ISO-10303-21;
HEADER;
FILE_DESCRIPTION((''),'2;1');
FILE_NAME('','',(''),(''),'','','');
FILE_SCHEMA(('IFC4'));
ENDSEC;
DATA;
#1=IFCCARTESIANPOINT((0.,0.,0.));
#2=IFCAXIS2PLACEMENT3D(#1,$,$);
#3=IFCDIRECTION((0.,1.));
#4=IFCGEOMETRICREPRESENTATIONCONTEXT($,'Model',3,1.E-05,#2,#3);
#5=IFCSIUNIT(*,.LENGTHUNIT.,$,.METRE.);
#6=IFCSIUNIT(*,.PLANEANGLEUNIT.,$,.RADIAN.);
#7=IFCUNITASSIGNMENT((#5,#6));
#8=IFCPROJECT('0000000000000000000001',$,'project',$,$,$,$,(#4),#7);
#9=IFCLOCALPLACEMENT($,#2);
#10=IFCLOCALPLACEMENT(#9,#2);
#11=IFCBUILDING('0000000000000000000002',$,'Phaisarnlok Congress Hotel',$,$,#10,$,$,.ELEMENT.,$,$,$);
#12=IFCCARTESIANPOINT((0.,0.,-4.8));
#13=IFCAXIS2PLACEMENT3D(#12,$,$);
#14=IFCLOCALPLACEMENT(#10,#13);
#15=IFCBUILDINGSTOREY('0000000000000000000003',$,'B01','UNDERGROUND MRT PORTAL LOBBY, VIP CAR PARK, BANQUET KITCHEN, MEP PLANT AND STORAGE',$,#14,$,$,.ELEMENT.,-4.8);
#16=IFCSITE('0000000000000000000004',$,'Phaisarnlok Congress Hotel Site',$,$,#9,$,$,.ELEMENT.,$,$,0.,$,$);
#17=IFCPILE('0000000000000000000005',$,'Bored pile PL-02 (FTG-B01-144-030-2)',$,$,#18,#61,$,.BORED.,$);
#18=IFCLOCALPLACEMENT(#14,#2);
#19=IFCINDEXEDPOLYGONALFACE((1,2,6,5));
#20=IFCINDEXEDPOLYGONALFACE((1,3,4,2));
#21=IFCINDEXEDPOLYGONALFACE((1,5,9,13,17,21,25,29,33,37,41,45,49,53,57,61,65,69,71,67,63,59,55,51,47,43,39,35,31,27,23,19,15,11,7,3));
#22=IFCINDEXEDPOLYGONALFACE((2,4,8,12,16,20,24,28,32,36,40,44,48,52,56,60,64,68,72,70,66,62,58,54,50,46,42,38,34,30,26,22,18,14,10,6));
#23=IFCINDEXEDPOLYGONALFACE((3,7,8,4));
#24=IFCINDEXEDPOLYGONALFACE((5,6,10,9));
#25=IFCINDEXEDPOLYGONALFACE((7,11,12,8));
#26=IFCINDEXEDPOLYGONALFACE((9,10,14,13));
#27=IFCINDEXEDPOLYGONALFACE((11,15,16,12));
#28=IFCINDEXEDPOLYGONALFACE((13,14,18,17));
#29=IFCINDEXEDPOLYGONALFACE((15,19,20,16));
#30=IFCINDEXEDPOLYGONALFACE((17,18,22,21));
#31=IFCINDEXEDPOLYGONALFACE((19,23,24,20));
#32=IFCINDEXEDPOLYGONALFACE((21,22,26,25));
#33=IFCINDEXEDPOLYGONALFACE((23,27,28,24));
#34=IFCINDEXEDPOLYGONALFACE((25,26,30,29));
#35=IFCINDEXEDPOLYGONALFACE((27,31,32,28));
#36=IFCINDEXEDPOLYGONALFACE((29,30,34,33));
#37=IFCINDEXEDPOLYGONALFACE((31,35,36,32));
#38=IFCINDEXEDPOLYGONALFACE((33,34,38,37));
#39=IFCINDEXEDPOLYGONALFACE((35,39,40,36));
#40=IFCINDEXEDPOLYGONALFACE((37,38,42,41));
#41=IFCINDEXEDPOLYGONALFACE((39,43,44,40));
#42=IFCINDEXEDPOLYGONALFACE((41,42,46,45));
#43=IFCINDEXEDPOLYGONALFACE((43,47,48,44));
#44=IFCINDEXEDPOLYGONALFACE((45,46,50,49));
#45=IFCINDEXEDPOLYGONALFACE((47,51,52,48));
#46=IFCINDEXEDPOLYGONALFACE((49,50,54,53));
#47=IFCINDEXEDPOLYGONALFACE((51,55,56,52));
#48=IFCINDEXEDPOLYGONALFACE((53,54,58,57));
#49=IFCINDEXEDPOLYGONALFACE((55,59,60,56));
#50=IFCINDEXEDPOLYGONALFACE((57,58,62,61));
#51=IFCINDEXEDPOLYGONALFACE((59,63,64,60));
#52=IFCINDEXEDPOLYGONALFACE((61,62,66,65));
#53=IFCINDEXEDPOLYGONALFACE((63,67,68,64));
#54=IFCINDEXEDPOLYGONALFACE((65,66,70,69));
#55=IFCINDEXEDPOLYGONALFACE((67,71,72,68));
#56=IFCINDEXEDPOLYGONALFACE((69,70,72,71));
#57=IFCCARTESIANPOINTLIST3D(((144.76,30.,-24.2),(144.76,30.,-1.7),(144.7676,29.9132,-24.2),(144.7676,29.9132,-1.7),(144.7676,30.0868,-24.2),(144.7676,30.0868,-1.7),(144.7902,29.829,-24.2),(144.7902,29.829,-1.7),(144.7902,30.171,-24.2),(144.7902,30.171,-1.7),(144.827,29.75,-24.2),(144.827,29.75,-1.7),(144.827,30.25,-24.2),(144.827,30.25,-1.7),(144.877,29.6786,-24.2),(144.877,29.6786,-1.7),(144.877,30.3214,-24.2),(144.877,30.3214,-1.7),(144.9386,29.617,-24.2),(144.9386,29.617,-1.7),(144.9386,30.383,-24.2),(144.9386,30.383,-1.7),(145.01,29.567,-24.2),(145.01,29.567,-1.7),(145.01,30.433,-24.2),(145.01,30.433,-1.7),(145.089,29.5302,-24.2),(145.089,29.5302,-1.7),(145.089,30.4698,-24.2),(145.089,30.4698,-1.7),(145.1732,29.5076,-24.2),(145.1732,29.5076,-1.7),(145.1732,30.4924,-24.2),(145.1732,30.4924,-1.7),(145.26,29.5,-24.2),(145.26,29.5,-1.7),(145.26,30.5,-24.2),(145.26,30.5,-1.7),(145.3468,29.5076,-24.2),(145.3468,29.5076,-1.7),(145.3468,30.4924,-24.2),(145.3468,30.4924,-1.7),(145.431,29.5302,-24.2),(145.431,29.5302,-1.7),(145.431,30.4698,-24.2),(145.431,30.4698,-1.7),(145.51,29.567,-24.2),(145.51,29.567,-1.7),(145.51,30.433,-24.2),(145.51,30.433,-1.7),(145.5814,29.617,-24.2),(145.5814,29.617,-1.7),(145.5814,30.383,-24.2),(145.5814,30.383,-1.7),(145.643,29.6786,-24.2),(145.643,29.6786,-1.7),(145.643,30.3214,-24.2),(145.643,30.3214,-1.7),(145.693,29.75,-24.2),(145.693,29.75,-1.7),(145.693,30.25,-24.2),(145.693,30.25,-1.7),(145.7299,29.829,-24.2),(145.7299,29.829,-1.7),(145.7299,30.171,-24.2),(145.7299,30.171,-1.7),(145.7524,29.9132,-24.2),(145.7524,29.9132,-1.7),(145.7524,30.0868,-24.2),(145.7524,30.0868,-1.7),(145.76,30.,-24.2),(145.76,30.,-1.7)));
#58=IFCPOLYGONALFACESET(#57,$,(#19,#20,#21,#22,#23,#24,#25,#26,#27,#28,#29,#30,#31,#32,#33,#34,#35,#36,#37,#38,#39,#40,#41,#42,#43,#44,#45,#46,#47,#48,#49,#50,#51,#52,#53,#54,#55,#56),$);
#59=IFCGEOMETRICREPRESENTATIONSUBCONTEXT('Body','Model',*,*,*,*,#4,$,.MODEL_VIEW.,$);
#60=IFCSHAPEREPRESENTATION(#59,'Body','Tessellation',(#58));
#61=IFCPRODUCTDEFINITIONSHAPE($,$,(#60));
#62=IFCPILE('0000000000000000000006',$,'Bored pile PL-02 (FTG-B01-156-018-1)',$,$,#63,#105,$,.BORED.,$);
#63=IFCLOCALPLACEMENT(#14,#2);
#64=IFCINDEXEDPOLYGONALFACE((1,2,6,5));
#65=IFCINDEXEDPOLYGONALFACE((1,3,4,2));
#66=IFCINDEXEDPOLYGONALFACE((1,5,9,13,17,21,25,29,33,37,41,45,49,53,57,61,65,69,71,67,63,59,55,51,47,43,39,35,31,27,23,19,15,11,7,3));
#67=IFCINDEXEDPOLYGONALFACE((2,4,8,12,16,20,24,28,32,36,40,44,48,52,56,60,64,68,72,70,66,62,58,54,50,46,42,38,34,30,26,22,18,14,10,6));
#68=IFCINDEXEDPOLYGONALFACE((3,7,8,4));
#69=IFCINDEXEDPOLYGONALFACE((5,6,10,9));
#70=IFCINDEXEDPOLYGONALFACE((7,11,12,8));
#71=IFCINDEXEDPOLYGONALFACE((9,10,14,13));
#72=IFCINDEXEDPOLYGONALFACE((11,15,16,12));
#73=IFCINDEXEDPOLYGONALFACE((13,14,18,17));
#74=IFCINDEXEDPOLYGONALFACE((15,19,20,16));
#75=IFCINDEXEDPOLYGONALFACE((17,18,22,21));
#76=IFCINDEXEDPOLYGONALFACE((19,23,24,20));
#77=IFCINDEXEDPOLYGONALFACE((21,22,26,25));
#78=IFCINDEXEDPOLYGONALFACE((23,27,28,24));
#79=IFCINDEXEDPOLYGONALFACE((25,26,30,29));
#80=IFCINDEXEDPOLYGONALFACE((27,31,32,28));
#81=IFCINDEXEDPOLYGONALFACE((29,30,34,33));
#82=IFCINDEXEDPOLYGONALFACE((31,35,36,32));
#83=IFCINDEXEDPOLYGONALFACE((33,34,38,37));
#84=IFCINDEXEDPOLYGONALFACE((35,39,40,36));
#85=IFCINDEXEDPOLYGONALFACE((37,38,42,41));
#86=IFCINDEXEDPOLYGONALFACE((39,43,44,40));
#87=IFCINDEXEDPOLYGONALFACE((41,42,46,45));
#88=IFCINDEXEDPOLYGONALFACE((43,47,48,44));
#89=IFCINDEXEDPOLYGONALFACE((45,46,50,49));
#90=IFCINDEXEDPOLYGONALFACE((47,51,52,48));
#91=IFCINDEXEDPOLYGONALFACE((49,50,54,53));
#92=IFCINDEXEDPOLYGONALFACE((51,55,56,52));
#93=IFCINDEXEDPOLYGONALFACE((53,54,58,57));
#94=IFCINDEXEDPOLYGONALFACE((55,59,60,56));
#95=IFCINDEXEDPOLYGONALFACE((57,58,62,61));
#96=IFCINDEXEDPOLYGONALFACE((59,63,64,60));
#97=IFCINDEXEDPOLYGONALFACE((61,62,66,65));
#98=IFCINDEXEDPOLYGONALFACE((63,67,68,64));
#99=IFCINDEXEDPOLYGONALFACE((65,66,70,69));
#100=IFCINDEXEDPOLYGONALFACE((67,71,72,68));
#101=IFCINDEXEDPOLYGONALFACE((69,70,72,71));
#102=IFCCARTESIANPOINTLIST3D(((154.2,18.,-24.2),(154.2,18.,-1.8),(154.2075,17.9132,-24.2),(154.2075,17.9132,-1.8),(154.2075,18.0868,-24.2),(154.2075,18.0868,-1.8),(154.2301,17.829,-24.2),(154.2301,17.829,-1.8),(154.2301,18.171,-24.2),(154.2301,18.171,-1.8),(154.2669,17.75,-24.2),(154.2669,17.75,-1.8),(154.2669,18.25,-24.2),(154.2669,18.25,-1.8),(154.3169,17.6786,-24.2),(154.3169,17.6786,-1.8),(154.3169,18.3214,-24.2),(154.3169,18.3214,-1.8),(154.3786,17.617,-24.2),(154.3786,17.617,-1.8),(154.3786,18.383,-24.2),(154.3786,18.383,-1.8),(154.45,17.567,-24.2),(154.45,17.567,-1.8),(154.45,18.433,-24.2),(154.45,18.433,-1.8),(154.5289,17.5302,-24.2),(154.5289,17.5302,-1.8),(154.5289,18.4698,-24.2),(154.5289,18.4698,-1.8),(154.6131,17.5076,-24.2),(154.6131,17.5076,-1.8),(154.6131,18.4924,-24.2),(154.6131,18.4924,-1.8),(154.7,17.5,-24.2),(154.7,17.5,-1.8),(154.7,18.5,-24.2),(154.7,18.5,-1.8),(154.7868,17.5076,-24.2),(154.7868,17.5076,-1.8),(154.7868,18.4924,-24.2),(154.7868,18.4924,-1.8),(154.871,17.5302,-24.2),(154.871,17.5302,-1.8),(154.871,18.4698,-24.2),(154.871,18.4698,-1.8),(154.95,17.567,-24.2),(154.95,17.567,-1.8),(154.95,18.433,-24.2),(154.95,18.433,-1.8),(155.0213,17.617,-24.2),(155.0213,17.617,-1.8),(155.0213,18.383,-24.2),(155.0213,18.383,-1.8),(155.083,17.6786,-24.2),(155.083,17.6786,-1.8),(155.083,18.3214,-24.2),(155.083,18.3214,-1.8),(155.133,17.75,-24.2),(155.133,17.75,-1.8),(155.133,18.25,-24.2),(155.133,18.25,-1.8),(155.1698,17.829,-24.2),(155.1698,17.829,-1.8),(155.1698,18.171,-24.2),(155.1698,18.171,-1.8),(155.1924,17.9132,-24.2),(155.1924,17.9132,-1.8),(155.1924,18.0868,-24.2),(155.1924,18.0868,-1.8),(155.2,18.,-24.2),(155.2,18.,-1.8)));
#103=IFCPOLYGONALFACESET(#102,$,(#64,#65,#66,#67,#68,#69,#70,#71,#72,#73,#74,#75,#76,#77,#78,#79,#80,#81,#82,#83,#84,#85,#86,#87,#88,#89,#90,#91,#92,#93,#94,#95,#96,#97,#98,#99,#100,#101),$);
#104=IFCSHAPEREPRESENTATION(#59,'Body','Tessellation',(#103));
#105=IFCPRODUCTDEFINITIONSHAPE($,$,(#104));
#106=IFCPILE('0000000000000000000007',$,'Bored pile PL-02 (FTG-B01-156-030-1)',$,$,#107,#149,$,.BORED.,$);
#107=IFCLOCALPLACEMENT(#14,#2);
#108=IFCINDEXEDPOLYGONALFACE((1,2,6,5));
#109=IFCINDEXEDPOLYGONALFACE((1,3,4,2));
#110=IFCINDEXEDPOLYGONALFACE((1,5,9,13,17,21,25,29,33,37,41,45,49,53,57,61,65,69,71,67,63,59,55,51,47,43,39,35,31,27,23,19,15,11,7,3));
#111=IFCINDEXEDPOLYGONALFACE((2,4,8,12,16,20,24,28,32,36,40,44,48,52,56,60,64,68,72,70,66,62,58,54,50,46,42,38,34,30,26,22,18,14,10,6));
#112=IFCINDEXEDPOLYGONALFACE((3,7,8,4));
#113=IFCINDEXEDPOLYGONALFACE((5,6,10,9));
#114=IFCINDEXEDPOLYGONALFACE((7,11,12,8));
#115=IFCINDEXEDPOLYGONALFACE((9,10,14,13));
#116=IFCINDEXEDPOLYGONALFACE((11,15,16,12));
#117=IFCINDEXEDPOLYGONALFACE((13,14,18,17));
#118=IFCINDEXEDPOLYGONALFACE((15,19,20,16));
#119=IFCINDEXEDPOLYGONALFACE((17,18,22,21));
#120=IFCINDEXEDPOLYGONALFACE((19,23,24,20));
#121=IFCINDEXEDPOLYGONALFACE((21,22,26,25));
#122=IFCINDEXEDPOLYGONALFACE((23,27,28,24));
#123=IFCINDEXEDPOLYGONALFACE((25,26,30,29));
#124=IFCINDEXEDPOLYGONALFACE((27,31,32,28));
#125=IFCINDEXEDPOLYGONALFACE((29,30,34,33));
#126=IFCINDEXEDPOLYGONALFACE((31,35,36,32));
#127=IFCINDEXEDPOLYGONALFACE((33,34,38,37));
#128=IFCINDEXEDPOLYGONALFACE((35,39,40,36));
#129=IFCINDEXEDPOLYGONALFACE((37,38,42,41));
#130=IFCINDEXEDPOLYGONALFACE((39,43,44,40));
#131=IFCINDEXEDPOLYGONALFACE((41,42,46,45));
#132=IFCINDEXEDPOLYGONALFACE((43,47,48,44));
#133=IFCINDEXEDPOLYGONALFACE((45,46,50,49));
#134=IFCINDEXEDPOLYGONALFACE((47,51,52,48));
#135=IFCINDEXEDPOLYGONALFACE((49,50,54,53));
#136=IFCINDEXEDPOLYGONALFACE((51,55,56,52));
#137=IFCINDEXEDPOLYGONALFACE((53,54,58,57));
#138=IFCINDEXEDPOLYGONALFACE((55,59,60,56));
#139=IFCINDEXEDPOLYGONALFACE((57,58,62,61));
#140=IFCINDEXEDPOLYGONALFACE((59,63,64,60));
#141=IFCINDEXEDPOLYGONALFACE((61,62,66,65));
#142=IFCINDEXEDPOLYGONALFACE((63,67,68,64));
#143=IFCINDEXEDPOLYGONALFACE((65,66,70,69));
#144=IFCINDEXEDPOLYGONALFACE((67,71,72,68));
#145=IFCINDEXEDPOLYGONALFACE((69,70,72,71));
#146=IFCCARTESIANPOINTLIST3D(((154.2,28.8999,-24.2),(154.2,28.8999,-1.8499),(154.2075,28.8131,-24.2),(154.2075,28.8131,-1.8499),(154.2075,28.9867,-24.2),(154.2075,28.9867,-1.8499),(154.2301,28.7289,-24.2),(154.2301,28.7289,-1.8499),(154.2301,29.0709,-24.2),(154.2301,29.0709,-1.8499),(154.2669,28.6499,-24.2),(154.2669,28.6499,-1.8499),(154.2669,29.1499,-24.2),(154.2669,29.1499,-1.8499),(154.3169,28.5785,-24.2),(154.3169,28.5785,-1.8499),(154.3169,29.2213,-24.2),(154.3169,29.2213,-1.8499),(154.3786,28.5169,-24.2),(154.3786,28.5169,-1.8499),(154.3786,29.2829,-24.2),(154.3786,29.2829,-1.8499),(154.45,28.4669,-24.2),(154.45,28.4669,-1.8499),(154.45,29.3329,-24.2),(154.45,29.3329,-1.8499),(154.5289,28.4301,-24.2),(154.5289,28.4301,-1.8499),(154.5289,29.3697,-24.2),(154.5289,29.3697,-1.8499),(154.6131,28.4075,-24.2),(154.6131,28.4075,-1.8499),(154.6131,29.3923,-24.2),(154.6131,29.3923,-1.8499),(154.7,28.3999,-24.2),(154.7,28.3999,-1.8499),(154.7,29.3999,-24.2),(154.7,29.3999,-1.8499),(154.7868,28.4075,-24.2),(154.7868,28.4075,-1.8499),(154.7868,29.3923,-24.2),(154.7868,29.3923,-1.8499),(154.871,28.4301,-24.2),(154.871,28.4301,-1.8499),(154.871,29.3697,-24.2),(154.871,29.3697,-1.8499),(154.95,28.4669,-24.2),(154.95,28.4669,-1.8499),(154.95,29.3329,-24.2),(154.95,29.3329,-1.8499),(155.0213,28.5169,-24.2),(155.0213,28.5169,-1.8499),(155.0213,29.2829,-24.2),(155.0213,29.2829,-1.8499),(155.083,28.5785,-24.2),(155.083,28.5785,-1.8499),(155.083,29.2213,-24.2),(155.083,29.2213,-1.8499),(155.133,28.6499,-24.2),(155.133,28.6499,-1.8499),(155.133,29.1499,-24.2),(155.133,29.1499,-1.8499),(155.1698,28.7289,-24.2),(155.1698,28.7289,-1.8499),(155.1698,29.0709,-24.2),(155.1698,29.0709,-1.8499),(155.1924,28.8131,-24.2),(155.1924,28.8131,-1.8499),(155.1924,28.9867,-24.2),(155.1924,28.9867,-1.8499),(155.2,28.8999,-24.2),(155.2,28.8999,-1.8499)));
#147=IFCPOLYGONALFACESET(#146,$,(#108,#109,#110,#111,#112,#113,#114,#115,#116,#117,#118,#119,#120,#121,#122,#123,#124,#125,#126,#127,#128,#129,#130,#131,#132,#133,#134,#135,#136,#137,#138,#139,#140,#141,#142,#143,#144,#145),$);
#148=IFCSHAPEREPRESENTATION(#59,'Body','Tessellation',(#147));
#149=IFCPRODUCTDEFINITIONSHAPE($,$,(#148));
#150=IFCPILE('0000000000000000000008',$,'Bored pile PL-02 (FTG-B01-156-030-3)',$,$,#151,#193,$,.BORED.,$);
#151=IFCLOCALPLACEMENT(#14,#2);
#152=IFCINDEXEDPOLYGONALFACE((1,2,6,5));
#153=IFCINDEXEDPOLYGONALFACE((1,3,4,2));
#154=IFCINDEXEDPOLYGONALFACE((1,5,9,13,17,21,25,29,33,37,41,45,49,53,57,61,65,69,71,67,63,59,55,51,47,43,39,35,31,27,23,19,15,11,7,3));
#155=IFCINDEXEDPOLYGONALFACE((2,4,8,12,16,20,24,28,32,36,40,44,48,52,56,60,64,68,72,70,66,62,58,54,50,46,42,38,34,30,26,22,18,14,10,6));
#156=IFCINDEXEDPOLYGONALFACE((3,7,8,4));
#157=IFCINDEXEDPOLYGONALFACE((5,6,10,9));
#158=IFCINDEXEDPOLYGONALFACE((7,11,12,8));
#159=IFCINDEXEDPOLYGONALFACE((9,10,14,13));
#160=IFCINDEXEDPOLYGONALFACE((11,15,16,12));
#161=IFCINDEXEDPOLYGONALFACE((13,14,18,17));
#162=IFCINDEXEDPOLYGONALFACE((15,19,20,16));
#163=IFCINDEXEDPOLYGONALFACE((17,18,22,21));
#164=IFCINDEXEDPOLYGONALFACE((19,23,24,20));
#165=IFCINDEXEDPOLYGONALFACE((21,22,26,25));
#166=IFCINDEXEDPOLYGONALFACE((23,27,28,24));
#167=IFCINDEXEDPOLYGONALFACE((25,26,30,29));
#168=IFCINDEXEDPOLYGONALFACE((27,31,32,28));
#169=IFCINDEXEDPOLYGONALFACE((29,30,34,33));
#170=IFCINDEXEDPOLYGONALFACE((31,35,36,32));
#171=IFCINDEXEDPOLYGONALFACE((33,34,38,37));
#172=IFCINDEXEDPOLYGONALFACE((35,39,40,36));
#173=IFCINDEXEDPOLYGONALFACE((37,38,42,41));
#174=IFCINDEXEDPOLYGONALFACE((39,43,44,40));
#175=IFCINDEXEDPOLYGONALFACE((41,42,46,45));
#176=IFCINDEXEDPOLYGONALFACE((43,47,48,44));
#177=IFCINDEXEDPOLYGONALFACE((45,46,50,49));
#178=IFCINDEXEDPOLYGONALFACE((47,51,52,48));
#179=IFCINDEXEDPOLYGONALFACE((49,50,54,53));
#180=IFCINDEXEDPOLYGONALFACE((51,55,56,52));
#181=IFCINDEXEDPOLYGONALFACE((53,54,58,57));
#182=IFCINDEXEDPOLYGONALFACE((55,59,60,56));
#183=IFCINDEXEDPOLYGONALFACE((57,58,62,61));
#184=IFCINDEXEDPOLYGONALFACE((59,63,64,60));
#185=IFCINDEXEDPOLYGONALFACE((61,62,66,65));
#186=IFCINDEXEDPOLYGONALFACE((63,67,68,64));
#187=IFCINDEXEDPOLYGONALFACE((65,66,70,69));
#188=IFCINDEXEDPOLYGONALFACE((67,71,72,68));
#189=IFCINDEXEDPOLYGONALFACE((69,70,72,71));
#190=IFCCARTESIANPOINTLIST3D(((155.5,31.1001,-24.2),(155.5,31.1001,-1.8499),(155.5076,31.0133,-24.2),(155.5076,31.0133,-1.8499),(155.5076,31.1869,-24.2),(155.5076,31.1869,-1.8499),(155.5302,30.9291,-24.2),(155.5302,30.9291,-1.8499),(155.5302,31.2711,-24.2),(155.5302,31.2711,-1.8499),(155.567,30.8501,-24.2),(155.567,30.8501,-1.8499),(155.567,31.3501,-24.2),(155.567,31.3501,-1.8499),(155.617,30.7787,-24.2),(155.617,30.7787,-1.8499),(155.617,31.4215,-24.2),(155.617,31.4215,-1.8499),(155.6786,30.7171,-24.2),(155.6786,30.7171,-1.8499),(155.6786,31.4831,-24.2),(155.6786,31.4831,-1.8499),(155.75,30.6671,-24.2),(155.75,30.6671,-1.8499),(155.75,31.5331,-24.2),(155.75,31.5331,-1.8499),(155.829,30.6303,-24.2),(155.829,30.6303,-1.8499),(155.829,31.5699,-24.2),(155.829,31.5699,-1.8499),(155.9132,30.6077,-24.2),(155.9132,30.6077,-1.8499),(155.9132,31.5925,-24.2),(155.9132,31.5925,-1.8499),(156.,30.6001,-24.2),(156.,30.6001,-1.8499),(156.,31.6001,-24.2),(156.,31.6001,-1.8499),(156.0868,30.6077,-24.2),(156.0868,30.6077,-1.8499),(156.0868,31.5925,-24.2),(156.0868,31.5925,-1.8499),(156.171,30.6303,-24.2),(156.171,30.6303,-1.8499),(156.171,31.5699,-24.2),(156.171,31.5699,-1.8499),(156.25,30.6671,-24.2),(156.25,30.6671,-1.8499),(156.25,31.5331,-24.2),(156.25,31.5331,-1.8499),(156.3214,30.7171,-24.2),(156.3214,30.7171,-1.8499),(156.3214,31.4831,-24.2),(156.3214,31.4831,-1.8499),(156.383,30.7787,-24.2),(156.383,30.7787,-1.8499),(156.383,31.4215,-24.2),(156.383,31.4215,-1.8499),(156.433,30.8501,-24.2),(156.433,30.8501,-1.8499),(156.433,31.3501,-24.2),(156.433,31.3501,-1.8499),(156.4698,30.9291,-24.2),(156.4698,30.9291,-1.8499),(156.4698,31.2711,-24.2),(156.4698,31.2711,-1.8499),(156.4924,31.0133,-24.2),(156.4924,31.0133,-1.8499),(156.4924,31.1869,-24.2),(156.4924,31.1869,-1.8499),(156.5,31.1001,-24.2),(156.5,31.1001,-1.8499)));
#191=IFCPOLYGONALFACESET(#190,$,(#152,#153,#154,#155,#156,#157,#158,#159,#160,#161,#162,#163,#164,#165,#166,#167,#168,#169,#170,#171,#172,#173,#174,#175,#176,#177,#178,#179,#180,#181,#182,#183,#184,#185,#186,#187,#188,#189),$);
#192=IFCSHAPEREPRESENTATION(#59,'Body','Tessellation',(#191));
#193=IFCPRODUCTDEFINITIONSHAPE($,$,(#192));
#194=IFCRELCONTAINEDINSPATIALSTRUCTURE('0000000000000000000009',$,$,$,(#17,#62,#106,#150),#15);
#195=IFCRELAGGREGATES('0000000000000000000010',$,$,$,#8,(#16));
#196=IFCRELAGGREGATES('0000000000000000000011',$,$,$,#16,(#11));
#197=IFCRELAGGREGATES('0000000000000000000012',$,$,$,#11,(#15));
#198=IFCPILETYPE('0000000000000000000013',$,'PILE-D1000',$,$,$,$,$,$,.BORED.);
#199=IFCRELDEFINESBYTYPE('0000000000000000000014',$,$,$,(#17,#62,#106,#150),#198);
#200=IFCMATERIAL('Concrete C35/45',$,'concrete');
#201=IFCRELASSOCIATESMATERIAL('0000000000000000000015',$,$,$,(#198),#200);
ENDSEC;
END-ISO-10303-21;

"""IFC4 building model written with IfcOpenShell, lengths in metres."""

from ifc_helpers import new_model, si_unit, direction, frame, origin, origin_2d, place, context, subcontext, project, spatial, circle, extrude, material, material_profile, profile_set, type_object, element, save


model = new_model("IFC4")

# Units and contexts
model_context = context("Model", 3, precision=1e-05, world=origin(), true_north=direction((0.0, 1.0)))
body_context = subcontext(model_context, "Body", "Model", "MODEL_VIEW")
ifc_project = project(units=[si_unit("LENGTHUNIT", "METRE"), si_unit("PLANEANGLEUNIT", "RADIAN")], contexts=[model_context])

# Site, building, storey
site_placement = place(None, origin())
site = spatial("IfcSite", under=ifc_project, at=site_placement, Name="Phaisarnlok Congress Hotel Site", CompositionType="ELEMENT", RefElevation=0.0)
building_placement = place(site_placement, origin())
building = spatial("IfcBuilding", under=site, at=building_placement, Name="Phaisarnlok Congress Hotel", CompositionType="ELEMENT")
storey_placement = place(building_placement, frame((0.0, 0.0, -4.8)))
storey = spatial("IfcBuildingStorey", under=building, at=storey_placement, Name="B01", Description="UNDERGROUND MRT PORTAL LOBBY, VIP CAR PARK, BANQUET KITCHEN, MEP PLANT AND STORAGE", CompositionType="ELEMENT", Elevation=-4.8)

# Piles
ifc_material_1 = material(Name="Concrete C35/45", Category="concrete")
ifc_material_profile_1 = material_profile(ifc_material_1, circle(Radius=0.5, at=origin_2d()), Name="BORED PILE D1000")
ifc_profile_set_1 = profile_set([ifc_material_profile_1], Name="Concrete C35/45")
pile_type_1 = type_object("IfcPileType", Name="PILE-D1000", PredefinedType="BORED", material=ifc_profile_set_1)
pile_1_placement = place(storey_placement, frame((145.26, 30.0, -1.7), z_axis=(0.0, 0.0, -1.0), x_axis=(1.0, 0.0, 0.0)))
element("IfcPile", 1, at=pile_1_placement, inside=storey, type_object=pile_type_1, Name="Bored pile PL-02 (FTG-B01-144-030-2)", PredefinedType="BORED", context=body_context, shape_type="SweptSolid", body=[
    extrude(circle(Radius=0.5, at=origin_2d()), origin(), (0.0, 0.0, 1.0), 22.5),
])
pile_2_placement = place(storey_placement, frame((154.7, 18.0, -1.8), z_axis=(0.0, 0.0, -1.0), x_axis=(1.0, 0.0, 0.0)))
element("IfcPile", 2, at=pile_2_placement, inside=storey, type_object=pile_type_1, Name="Bored pile PL-02 (FTG-B01-156-018-1)", PredefinedType="BORED", context=body_context, shape_type="SweptSolid", body=[
    extrude(circle(Radius=0.5, at=origin_2d()), origin(), (0.0, 0.0, 1.0), 22.3999),
])
for number, where, z_axis, x_axis, name in (
    (3, (154.7, 28.8999, -1.8499), (0.0, 0.0, -1.0), (1.0, 0.0, 0.0), "Bored pile PL-02 (FTG-B01-156-030-1)"),
    (4, (156.0, 31.1001, -1.8499), (0.0, 0.0, -1.0), (1.0, 0.0, 0.0), "Bored pile PL-02 (FTG-B01-156-030-3)"),
):
    element("IfcPile", number, at=place(storey_placement, frame(where, z_axis=z_axis, x_axis=x_axis)), inside=storey, type_object=pile_type_1, Name=name, PredefinedType="BORED", context=body_context, shape_type="SweptSolid", body=[
        extrude(circle(Radius=0.5, at=origin_2d()), origin(), (0.0, 0.0, 1.0), 22.3501),
    ])

save(model, "model.ifc")
